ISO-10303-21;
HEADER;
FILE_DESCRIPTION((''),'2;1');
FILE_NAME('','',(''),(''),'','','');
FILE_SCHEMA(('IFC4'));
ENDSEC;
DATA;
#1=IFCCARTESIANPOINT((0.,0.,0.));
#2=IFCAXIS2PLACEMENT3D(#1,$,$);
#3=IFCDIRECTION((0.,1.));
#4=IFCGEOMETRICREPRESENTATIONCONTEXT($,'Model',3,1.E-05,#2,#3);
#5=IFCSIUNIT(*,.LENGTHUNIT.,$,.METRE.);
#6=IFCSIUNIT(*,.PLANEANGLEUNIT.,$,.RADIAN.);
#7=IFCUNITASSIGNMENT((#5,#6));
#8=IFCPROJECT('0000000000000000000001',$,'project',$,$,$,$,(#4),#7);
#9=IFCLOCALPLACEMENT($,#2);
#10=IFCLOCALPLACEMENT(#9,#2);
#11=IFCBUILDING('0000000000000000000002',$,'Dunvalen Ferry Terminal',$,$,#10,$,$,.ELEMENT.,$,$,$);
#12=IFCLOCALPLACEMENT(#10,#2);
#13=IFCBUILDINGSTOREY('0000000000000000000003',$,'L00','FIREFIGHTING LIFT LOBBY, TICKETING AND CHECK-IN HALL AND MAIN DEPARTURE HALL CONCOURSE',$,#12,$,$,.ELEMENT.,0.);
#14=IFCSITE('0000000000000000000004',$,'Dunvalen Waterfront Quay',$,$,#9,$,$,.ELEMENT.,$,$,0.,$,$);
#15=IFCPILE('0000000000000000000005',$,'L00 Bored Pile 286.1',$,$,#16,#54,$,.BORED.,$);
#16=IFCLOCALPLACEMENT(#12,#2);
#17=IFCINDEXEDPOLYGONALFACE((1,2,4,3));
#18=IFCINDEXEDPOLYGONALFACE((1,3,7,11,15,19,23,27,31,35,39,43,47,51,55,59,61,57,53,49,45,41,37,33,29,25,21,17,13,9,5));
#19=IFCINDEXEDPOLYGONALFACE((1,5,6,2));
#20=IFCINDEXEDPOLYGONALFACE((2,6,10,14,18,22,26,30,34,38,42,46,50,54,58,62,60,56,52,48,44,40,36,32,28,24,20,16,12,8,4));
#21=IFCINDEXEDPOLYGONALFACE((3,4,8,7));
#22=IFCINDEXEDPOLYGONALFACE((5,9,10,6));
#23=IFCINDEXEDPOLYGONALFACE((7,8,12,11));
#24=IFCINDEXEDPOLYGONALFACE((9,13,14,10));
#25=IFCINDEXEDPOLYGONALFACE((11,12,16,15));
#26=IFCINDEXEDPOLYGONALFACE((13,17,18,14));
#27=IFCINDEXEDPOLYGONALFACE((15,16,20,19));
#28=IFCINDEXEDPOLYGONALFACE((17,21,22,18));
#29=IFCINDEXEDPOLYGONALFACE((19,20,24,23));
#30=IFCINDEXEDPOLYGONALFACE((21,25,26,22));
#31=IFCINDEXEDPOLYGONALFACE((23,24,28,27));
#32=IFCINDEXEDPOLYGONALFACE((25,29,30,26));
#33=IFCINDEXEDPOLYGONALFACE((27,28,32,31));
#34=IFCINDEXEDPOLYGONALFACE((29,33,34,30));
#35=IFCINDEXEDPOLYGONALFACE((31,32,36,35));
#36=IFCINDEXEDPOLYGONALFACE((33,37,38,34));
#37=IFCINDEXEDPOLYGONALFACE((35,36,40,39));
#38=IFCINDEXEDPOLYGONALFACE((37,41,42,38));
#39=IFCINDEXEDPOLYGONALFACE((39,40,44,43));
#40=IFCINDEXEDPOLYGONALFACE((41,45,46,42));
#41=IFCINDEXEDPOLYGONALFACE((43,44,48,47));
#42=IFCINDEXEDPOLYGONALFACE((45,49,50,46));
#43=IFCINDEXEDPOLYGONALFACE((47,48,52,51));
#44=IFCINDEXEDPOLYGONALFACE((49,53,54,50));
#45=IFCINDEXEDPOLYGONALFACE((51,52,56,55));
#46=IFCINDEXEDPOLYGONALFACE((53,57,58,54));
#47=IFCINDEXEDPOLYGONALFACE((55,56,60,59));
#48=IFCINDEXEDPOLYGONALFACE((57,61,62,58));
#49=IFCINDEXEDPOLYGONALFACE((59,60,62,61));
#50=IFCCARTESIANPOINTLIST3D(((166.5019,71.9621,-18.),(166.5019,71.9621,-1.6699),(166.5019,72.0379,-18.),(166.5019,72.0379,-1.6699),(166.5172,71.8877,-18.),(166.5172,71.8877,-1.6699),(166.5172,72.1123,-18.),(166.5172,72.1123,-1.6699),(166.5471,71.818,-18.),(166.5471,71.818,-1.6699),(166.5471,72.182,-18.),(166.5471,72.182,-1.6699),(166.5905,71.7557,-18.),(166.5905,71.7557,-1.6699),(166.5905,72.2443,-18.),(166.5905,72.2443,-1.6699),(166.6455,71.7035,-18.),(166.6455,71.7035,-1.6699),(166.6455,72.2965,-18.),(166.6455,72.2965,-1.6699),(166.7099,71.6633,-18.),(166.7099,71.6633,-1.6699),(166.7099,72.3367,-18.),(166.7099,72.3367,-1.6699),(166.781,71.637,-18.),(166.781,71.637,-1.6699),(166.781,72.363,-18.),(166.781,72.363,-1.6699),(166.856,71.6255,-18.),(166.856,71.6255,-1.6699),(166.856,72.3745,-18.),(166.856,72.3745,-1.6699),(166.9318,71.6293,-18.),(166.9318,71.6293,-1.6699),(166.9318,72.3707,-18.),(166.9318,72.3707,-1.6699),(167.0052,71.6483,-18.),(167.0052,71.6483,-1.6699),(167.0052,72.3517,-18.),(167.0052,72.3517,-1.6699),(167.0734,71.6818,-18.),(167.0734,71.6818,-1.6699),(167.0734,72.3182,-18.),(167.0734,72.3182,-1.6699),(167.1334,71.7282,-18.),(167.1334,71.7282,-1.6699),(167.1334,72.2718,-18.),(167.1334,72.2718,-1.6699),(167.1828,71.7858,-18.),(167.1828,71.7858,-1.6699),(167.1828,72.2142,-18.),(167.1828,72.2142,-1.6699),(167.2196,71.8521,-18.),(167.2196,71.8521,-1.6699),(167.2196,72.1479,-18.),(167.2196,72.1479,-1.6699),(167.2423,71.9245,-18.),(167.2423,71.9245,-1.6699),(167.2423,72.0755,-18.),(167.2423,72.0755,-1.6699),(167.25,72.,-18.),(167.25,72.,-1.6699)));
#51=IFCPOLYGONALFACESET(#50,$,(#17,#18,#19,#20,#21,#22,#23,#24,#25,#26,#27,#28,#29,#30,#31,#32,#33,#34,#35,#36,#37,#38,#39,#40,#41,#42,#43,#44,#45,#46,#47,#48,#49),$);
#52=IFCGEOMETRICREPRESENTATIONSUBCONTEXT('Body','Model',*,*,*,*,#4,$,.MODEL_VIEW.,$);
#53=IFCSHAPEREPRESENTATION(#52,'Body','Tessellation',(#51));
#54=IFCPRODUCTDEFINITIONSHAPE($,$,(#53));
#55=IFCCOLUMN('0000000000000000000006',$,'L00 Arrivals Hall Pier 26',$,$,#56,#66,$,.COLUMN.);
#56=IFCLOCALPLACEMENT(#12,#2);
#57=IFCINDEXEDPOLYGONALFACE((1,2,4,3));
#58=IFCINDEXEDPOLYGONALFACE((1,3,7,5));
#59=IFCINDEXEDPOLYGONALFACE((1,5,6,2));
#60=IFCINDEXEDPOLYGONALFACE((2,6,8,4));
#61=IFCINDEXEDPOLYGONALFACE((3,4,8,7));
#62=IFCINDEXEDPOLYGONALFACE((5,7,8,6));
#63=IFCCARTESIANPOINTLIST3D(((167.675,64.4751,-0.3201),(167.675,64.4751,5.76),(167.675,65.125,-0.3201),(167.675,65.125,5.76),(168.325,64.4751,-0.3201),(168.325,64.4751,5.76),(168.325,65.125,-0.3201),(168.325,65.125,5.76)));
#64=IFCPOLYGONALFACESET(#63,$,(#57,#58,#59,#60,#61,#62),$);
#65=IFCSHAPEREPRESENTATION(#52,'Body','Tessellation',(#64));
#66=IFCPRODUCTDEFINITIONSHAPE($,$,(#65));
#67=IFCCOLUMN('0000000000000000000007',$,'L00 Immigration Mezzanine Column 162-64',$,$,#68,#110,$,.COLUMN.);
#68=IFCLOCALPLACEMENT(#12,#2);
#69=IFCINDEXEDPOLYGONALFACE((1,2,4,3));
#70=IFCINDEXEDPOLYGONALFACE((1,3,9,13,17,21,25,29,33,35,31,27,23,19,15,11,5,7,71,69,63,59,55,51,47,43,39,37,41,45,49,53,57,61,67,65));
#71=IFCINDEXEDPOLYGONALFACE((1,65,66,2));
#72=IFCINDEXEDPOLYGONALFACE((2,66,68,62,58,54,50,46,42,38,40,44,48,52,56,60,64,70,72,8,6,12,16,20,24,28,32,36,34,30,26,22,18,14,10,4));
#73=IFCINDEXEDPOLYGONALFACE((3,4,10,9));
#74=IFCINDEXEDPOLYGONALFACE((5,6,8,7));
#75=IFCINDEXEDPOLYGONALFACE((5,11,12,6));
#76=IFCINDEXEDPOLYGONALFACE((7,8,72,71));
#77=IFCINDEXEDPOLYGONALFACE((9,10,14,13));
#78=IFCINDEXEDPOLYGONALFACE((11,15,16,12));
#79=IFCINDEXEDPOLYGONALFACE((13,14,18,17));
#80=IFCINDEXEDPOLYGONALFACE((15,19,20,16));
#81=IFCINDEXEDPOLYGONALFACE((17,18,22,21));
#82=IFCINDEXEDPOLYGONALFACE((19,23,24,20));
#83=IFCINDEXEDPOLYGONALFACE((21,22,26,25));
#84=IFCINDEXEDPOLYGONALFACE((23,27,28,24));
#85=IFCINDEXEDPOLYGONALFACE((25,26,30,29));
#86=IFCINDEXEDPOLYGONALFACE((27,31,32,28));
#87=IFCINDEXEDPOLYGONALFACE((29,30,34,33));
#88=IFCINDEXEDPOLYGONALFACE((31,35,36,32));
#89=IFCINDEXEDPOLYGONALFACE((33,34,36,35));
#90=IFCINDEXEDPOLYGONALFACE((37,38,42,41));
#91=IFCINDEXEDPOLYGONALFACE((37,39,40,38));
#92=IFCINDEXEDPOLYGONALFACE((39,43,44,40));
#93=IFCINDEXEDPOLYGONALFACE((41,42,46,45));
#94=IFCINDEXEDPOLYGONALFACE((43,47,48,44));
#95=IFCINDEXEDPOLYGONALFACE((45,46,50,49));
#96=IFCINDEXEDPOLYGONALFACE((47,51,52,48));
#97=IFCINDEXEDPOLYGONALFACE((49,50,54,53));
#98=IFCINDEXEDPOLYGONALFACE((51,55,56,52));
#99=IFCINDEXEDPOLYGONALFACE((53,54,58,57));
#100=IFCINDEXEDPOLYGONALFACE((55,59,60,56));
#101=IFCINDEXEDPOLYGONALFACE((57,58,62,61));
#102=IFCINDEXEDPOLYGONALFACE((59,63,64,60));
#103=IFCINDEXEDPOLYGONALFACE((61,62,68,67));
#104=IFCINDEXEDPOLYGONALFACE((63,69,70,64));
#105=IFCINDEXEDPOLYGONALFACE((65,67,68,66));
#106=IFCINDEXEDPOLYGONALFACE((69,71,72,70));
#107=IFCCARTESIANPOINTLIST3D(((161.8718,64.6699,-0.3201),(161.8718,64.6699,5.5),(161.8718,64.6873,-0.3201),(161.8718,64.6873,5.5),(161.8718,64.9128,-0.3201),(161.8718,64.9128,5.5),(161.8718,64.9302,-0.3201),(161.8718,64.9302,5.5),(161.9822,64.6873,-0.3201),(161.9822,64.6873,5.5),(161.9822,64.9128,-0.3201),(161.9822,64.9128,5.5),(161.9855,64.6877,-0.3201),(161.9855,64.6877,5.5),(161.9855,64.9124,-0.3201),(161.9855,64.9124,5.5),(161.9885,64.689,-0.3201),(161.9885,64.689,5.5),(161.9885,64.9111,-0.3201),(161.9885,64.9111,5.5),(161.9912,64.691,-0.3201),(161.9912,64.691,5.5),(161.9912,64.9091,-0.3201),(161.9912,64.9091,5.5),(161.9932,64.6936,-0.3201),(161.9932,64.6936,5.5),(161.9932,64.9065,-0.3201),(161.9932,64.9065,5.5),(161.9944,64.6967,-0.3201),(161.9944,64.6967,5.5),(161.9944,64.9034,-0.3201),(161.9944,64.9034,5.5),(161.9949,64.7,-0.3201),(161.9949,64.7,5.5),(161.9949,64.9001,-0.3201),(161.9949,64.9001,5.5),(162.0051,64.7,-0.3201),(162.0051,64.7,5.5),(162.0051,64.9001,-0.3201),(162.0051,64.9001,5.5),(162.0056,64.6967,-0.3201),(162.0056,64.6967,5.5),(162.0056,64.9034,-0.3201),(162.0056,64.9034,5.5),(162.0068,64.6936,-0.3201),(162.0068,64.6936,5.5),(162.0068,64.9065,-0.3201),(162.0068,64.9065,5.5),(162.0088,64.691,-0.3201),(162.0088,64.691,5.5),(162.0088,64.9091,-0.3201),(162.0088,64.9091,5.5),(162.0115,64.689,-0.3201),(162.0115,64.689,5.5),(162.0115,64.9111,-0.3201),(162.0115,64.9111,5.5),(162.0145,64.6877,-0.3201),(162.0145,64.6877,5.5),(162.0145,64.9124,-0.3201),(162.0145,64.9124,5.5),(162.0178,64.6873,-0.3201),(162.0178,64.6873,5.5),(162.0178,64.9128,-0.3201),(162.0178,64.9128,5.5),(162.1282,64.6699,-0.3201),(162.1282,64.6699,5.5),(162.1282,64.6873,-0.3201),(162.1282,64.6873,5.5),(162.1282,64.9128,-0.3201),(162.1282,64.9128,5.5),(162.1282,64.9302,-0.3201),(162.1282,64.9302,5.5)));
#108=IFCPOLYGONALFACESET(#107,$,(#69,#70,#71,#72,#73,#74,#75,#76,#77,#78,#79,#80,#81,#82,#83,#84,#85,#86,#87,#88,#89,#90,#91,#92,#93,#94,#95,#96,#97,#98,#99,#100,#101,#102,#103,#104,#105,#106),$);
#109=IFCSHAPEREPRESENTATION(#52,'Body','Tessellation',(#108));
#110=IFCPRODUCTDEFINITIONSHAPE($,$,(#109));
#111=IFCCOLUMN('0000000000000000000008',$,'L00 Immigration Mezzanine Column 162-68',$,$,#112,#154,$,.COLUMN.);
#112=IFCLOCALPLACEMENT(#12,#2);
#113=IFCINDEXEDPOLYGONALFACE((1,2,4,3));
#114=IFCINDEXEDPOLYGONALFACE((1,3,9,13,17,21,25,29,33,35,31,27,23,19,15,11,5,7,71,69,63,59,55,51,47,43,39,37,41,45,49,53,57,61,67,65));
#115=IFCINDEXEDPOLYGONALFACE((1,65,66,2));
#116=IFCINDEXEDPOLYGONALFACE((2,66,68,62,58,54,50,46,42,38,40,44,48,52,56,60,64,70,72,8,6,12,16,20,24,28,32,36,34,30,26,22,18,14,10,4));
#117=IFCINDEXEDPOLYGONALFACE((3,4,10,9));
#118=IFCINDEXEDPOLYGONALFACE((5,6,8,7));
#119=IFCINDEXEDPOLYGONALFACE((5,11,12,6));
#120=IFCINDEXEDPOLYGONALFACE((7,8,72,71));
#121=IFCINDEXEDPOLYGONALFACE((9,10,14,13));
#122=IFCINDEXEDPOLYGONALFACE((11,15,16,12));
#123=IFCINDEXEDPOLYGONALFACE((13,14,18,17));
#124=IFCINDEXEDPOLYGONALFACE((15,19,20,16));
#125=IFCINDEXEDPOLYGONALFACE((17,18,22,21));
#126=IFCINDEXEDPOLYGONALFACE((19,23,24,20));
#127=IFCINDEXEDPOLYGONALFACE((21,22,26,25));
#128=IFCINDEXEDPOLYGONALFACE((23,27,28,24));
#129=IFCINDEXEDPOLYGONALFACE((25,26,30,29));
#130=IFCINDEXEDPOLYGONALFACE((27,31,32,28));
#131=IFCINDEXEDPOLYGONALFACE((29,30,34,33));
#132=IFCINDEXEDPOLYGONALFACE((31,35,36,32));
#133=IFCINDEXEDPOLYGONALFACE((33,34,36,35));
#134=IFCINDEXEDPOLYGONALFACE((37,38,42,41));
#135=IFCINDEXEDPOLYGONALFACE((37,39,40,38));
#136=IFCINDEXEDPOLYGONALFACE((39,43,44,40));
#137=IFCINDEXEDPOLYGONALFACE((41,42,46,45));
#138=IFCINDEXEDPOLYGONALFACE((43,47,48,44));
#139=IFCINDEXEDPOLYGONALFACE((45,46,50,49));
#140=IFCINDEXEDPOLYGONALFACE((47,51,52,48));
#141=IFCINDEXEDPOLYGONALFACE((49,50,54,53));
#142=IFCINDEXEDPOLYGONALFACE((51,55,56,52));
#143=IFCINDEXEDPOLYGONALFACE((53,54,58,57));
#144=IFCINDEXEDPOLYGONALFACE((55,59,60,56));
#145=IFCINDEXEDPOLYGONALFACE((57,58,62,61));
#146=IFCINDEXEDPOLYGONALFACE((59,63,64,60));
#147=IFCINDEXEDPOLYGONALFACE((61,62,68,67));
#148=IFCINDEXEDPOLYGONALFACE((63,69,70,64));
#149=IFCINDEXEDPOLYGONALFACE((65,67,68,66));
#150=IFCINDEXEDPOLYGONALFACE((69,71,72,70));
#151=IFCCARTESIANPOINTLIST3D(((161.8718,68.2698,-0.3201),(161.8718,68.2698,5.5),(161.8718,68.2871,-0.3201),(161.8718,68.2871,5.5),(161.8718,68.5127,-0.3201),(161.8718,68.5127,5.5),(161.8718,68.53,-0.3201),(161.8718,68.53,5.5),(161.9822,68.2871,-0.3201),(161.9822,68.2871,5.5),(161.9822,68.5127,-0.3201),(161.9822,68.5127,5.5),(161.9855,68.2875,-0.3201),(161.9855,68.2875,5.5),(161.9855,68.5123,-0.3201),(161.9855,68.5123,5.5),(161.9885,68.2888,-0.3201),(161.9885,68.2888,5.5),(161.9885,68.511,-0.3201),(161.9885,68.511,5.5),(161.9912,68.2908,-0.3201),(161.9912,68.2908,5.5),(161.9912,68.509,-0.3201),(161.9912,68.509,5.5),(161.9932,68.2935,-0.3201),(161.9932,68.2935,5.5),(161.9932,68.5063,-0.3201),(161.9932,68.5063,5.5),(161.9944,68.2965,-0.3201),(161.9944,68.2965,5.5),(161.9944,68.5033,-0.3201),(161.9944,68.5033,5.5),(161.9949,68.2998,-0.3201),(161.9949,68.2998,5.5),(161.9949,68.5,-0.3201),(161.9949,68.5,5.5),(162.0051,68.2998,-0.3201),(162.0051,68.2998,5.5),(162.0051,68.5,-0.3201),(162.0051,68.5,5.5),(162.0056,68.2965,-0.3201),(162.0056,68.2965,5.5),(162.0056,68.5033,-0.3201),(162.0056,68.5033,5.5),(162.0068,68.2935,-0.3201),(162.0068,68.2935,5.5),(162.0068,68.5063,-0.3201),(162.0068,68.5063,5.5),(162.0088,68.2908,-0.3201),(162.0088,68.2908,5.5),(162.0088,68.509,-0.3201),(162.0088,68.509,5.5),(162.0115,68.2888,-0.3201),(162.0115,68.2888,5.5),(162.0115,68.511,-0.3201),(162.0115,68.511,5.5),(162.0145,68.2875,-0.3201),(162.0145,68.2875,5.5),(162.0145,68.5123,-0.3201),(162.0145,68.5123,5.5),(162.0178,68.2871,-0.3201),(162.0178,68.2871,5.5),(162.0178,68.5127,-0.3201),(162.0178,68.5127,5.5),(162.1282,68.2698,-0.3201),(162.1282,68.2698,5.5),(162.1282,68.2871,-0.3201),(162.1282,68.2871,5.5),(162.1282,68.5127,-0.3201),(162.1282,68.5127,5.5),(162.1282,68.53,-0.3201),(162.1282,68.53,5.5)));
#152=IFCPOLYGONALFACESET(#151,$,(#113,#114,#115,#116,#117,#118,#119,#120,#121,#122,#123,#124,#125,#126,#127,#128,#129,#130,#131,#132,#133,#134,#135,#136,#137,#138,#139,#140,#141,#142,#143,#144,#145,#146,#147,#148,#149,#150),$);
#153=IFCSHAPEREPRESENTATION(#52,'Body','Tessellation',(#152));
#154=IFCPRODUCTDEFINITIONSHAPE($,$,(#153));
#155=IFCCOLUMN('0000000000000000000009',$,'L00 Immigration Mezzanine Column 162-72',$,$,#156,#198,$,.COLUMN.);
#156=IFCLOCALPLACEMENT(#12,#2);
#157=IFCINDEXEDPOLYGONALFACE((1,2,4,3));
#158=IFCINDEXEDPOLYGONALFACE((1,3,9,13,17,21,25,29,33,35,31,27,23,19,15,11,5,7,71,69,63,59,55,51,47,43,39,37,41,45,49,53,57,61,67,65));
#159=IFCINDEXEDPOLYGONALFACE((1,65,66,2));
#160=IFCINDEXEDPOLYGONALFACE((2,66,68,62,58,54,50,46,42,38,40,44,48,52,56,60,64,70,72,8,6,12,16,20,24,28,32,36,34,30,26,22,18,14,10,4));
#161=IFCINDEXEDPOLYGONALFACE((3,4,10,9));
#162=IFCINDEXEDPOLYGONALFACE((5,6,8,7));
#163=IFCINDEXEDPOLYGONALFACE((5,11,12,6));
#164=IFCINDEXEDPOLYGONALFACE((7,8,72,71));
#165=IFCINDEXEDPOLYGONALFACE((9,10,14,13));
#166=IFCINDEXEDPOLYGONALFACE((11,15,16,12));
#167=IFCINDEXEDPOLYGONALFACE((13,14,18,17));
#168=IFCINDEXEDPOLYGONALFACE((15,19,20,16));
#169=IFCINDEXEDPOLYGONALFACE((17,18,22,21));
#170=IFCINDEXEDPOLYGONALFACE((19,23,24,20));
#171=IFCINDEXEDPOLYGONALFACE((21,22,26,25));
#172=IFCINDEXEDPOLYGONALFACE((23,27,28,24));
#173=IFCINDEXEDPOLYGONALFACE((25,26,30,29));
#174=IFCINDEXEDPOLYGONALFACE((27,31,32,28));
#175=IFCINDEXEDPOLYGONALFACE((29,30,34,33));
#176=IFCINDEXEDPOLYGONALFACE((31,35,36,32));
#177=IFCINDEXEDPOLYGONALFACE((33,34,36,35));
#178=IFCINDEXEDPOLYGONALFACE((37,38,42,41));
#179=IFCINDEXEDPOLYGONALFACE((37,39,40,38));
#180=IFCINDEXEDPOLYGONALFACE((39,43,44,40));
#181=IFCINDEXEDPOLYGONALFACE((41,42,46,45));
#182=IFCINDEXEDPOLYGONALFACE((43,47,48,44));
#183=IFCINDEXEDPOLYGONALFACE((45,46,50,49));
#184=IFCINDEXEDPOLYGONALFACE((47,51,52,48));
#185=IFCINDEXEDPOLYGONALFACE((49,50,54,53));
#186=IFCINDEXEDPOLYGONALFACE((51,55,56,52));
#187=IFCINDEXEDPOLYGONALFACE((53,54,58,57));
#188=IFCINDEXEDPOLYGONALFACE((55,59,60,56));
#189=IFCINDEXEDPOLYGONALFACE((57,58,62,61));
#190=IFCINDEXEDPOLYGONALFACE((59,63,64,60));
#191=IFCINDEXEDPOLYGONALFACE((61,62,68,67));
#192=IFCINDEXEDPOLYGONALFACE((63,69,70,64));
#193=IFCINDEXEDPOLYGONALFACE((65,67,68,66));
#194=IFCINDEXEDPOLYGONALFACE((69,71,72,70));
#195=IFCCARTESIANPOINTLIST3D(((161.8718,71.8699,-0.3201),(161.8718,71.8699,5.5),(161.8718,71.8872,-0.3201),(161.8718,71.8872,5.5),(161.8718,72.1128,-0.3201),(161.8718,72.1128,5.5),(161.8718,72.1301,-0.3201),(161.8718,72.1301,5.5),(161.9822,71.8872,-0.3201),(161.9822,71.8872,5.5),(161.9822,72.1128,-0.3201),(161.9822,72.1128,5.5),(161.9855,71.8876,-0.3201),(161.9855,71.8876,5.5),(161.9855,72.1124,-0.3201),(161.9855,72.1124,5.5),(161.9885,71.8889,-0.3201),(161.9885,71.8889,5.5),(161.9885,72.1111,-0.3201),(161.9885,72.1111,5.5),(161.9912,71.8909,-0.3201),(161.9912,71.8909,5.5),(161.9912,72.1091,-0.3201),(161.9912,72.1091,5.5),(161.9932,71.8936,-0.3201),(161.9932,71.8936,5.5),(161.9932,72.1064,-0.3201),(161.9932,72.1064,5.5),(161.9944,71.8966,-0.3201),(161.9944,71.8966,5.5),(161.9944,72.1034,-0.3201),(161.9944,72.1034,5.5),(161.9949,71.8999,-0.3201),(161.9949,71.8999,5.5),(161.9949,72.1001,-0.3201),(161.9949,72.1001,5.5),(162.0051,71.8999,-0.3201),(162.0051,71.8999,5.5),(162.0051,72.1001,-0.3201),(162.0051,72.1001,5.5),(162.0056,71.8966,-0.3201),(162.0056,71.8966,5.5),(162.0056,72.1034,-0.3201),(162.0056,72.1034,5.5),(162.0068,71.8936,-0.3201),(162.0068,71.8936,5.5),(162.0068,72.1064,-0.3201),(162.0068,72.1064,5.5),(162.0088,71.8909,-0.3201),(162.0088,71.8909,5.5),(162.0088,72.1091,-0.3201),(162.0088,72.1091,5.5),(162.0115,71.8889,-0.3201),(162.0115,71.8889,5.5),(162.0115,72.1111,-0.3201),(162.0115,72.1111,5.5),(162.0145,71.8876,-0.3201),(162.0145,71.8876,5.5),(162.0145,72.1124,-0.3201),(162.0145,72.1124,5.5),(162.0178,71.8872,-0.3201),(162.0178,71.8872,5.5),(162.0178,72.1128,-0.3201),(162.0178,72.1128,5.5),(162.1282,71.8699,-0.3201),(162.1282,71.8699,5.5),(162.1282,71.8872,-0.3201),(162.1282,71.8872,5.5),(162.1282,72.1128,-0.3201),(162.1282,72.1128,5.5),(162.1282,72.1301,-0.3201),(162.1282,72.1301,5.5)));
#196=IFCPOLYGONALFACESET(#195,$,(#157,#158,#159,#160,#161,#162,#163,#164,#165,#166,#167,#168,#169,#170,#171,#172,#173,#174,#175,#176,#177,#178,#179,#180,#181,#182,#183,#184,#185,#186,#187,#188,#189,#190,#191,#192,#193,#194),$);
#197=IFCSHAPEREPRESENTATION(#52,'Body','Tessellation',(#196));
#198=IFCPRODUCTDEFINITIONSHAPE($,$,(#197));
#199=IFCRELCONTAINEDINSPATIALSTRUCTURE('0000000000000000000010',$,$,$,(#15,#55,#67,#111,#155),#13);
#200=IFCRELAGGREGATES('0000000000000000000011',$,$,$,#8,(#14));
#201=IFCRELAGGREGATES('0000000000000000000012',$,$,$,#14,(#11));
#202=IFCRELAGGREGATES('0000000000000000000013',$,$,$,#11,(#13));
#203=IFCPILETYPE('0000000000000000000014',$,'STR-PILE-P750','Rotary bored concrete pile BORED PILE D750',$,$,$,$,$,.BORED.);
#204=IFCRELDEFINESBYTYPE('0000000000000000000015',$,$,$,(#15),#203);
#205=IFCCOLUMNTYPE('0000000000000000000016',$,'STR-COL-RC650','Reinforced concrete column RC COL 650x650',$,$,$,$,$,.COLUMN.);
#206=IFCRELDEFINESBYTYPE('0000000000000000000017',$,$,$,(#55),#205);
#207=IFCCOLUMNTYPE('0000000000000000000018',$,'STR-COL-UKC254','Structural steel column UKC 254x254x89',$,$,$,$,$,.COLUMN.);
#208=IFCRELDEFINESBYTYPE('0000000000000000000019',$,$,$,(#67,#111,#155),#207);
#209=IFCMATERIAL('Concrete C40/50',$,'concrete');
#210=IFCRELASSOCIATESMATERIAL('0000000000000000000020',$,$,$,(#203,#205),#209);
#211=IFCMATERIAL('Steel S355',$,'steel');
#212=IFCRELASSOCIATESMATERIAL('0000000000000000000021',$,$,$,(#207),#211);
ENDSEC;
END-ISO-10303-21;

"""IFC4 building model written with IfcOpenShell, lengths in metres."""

from ifc_helpers import new_model, si_unit, direction, frame, origin, origin_2d, place, context, subcontext, project, spatial, rectangle, circle, i_section, extrude, material, material_profile, profile_set, type_object, element, save


model = new_model("IFC4")

# Units and contexts
model_context = context("Model", 3, precision=1e-05, world=origin(), true_north=direction((0.0, 1.0)))
body_context = subcontext(model_context, "Body", "Model", "MODEL_VIEW")
ifc_project = project(units=[si_unit("LENGTHUNIT", "METRE"), si_unit("PLANEANGLEUNIT", "RADIAN")], contexts=[model_context])

# Site, building, storey
site_placement = place(None, origin())
site = spatial("IfcSite", under=ifc_project, at=site_placement, Name="Dunvalen Waterfront Quay", CompositionType="ELEMENT", RefElevation=0.0)
building_placement = place(site_placement, origin())
building = spatial("IfcBuilding", under=site, at=building_placement, Name="Dunvalen Ferry Terminal", CompositionType="ELEMENT")
storey_placement = place(building_placement, origin())
storey = spatial("IfcBuildingStorey", under=building, at=storey_placement, Name="L00", Description="FIREFIGHTING LIFT LOBBY, TICKETING AND CHECK-IN HALL AND MAIN DEPARTURE HALL CONCOURSE", CompositionType="ELEMENT", Elevation=0.0)

# Shared definitions
ifc_material_1 = material(Name="Concrete C40/50", Category="concrete")

# Pile
ifc_material_profile_1 = material_profile(ifc_material_1, circle(Radius=0.375, at=origin_2d()), Name="Concrete C40/50")
ifc_profile_set_1 = profile_set([ifc_material_profile_1], Name="Concrete C40/50")
pile_type = type_object("IfcPileType", Name="STR-PILE-P750", Description="Rotary bored concrete pile BORED PILE D750", PredefinedType="BORED", material=ifc_profile_set_1)
pile_1_placement = place(storey_placement, frame((166.875, 72.0, -1.6699), z_axis=(0.0, 0.0, -1.0), x_axis=(1.0, 0.0, 0.0)))
element("IfcPile", 1, at=pile_1_placement, inside=storey, type_object=pile_type, Name="L00 Bored Pile 286.1", PredefinedType="BORED", context=body_context, shape_type="SweptSolid", body=[
    extrude(circle(Radius=0.375, at=origin_2d()), origin(), (0.0, 0.0, 1.0), 16.3301),
])

# Columns
ifc_material_profile_2 = material_profile(ifc_material_1, rectangle(XDim=0.6499, YDim=0.6499, at=origin_2d()), Name="Concrete C40/50")
ifc_profile_set_2 = profile_set([ifc_material_profile_2], Name="Concrete C40/50")
column_type_1 = type_object("IfcColumnType", Name="STR-COL-RC650", Description="Reinforced concrete column RC COL 650x650", PredefinedType="COLUMN", material=ifc_profile_set_2)
column_placement = place(storey_placement, frame((168.0, 64.8, -0.3201), z_axis=(0.0, 0.0, 1.0), x_axis=(1.0, 0.0, 0.0)))
element("IfcColumn", 2, at=column_placement, inside=storey, type_object=column_type_1, Name="L00 Arrivals Hall Pier 26", PredefinedType="COLUMN", context=body_context, shape_type="SweptSolid", body=[
    extrude(rectangle(XDim=0.6499, YDim=0.6499, at=origin_2d()), origin(), (0.0, 0.0, 1.0), 6.0801),
])
ifc_material_2 = material(Name="Steel S355", Category="steel")
ifc_material_profile_3 = material_profile(ifc_material_2, i_section(OverallWidth=0.2563, OverallDepth=0.2603, WebThickness=0.0103, FlangeThickness=0.0173, FilletRadius=0.0127, at=origin_2d()), Name="Steel S355")
ifc_profile_set_3 = profile_set([ifc_material_profile_3], Name="Steel S355")
column_type_2 = type_object("IfcColumnType", Name="STR-COL-UKC254", Description="Structural steel column UKC 254x254x89", PredefinedType="COLUMN", material=ifc_profile_set_3)
for number, where, z_axis, x_axis, name in (
    (3, (162.0, 64.8, -0.3201), (0.0, 0.0, 1.0), (1.0, 0.0, 0.0), "L00 Immigration Mezzanine Column 162-64"),
    (4, (162.0, 68.3999, -0.3201), (0.0, 0.0, 1.0), (1.0, 0.0, 0.0), "L00 Immigration Mezzanine Column 162-68"),
    (5, (162.0, 72.0, -0.3201), (0.0, 0.0, 1.0), (1.0, 0.0, 0.0), "L00 Immigration Mezzanine Column 162-72"),
):
    element("IfcColumn", number, at=place(storey_placement, frame(where, z_axis=z_axis, x_axis=x_axis)), inside=storey, type_object=column_type_2, Name=name, PredefinedType="COLUMN", context=body_context, shape_type="SweptSolid", body=[
        extrude(i_section(OverallWidth=0.2563, OverallDepth=0.2603, WebThickness=0.0103, FlangeThickness=0.0173, FilletRadius=0.0127, at=origin_2d()), origin(), (0.0, 0.0, 1.0), 5.8201),
    ])

save(model, "model.ifc")
